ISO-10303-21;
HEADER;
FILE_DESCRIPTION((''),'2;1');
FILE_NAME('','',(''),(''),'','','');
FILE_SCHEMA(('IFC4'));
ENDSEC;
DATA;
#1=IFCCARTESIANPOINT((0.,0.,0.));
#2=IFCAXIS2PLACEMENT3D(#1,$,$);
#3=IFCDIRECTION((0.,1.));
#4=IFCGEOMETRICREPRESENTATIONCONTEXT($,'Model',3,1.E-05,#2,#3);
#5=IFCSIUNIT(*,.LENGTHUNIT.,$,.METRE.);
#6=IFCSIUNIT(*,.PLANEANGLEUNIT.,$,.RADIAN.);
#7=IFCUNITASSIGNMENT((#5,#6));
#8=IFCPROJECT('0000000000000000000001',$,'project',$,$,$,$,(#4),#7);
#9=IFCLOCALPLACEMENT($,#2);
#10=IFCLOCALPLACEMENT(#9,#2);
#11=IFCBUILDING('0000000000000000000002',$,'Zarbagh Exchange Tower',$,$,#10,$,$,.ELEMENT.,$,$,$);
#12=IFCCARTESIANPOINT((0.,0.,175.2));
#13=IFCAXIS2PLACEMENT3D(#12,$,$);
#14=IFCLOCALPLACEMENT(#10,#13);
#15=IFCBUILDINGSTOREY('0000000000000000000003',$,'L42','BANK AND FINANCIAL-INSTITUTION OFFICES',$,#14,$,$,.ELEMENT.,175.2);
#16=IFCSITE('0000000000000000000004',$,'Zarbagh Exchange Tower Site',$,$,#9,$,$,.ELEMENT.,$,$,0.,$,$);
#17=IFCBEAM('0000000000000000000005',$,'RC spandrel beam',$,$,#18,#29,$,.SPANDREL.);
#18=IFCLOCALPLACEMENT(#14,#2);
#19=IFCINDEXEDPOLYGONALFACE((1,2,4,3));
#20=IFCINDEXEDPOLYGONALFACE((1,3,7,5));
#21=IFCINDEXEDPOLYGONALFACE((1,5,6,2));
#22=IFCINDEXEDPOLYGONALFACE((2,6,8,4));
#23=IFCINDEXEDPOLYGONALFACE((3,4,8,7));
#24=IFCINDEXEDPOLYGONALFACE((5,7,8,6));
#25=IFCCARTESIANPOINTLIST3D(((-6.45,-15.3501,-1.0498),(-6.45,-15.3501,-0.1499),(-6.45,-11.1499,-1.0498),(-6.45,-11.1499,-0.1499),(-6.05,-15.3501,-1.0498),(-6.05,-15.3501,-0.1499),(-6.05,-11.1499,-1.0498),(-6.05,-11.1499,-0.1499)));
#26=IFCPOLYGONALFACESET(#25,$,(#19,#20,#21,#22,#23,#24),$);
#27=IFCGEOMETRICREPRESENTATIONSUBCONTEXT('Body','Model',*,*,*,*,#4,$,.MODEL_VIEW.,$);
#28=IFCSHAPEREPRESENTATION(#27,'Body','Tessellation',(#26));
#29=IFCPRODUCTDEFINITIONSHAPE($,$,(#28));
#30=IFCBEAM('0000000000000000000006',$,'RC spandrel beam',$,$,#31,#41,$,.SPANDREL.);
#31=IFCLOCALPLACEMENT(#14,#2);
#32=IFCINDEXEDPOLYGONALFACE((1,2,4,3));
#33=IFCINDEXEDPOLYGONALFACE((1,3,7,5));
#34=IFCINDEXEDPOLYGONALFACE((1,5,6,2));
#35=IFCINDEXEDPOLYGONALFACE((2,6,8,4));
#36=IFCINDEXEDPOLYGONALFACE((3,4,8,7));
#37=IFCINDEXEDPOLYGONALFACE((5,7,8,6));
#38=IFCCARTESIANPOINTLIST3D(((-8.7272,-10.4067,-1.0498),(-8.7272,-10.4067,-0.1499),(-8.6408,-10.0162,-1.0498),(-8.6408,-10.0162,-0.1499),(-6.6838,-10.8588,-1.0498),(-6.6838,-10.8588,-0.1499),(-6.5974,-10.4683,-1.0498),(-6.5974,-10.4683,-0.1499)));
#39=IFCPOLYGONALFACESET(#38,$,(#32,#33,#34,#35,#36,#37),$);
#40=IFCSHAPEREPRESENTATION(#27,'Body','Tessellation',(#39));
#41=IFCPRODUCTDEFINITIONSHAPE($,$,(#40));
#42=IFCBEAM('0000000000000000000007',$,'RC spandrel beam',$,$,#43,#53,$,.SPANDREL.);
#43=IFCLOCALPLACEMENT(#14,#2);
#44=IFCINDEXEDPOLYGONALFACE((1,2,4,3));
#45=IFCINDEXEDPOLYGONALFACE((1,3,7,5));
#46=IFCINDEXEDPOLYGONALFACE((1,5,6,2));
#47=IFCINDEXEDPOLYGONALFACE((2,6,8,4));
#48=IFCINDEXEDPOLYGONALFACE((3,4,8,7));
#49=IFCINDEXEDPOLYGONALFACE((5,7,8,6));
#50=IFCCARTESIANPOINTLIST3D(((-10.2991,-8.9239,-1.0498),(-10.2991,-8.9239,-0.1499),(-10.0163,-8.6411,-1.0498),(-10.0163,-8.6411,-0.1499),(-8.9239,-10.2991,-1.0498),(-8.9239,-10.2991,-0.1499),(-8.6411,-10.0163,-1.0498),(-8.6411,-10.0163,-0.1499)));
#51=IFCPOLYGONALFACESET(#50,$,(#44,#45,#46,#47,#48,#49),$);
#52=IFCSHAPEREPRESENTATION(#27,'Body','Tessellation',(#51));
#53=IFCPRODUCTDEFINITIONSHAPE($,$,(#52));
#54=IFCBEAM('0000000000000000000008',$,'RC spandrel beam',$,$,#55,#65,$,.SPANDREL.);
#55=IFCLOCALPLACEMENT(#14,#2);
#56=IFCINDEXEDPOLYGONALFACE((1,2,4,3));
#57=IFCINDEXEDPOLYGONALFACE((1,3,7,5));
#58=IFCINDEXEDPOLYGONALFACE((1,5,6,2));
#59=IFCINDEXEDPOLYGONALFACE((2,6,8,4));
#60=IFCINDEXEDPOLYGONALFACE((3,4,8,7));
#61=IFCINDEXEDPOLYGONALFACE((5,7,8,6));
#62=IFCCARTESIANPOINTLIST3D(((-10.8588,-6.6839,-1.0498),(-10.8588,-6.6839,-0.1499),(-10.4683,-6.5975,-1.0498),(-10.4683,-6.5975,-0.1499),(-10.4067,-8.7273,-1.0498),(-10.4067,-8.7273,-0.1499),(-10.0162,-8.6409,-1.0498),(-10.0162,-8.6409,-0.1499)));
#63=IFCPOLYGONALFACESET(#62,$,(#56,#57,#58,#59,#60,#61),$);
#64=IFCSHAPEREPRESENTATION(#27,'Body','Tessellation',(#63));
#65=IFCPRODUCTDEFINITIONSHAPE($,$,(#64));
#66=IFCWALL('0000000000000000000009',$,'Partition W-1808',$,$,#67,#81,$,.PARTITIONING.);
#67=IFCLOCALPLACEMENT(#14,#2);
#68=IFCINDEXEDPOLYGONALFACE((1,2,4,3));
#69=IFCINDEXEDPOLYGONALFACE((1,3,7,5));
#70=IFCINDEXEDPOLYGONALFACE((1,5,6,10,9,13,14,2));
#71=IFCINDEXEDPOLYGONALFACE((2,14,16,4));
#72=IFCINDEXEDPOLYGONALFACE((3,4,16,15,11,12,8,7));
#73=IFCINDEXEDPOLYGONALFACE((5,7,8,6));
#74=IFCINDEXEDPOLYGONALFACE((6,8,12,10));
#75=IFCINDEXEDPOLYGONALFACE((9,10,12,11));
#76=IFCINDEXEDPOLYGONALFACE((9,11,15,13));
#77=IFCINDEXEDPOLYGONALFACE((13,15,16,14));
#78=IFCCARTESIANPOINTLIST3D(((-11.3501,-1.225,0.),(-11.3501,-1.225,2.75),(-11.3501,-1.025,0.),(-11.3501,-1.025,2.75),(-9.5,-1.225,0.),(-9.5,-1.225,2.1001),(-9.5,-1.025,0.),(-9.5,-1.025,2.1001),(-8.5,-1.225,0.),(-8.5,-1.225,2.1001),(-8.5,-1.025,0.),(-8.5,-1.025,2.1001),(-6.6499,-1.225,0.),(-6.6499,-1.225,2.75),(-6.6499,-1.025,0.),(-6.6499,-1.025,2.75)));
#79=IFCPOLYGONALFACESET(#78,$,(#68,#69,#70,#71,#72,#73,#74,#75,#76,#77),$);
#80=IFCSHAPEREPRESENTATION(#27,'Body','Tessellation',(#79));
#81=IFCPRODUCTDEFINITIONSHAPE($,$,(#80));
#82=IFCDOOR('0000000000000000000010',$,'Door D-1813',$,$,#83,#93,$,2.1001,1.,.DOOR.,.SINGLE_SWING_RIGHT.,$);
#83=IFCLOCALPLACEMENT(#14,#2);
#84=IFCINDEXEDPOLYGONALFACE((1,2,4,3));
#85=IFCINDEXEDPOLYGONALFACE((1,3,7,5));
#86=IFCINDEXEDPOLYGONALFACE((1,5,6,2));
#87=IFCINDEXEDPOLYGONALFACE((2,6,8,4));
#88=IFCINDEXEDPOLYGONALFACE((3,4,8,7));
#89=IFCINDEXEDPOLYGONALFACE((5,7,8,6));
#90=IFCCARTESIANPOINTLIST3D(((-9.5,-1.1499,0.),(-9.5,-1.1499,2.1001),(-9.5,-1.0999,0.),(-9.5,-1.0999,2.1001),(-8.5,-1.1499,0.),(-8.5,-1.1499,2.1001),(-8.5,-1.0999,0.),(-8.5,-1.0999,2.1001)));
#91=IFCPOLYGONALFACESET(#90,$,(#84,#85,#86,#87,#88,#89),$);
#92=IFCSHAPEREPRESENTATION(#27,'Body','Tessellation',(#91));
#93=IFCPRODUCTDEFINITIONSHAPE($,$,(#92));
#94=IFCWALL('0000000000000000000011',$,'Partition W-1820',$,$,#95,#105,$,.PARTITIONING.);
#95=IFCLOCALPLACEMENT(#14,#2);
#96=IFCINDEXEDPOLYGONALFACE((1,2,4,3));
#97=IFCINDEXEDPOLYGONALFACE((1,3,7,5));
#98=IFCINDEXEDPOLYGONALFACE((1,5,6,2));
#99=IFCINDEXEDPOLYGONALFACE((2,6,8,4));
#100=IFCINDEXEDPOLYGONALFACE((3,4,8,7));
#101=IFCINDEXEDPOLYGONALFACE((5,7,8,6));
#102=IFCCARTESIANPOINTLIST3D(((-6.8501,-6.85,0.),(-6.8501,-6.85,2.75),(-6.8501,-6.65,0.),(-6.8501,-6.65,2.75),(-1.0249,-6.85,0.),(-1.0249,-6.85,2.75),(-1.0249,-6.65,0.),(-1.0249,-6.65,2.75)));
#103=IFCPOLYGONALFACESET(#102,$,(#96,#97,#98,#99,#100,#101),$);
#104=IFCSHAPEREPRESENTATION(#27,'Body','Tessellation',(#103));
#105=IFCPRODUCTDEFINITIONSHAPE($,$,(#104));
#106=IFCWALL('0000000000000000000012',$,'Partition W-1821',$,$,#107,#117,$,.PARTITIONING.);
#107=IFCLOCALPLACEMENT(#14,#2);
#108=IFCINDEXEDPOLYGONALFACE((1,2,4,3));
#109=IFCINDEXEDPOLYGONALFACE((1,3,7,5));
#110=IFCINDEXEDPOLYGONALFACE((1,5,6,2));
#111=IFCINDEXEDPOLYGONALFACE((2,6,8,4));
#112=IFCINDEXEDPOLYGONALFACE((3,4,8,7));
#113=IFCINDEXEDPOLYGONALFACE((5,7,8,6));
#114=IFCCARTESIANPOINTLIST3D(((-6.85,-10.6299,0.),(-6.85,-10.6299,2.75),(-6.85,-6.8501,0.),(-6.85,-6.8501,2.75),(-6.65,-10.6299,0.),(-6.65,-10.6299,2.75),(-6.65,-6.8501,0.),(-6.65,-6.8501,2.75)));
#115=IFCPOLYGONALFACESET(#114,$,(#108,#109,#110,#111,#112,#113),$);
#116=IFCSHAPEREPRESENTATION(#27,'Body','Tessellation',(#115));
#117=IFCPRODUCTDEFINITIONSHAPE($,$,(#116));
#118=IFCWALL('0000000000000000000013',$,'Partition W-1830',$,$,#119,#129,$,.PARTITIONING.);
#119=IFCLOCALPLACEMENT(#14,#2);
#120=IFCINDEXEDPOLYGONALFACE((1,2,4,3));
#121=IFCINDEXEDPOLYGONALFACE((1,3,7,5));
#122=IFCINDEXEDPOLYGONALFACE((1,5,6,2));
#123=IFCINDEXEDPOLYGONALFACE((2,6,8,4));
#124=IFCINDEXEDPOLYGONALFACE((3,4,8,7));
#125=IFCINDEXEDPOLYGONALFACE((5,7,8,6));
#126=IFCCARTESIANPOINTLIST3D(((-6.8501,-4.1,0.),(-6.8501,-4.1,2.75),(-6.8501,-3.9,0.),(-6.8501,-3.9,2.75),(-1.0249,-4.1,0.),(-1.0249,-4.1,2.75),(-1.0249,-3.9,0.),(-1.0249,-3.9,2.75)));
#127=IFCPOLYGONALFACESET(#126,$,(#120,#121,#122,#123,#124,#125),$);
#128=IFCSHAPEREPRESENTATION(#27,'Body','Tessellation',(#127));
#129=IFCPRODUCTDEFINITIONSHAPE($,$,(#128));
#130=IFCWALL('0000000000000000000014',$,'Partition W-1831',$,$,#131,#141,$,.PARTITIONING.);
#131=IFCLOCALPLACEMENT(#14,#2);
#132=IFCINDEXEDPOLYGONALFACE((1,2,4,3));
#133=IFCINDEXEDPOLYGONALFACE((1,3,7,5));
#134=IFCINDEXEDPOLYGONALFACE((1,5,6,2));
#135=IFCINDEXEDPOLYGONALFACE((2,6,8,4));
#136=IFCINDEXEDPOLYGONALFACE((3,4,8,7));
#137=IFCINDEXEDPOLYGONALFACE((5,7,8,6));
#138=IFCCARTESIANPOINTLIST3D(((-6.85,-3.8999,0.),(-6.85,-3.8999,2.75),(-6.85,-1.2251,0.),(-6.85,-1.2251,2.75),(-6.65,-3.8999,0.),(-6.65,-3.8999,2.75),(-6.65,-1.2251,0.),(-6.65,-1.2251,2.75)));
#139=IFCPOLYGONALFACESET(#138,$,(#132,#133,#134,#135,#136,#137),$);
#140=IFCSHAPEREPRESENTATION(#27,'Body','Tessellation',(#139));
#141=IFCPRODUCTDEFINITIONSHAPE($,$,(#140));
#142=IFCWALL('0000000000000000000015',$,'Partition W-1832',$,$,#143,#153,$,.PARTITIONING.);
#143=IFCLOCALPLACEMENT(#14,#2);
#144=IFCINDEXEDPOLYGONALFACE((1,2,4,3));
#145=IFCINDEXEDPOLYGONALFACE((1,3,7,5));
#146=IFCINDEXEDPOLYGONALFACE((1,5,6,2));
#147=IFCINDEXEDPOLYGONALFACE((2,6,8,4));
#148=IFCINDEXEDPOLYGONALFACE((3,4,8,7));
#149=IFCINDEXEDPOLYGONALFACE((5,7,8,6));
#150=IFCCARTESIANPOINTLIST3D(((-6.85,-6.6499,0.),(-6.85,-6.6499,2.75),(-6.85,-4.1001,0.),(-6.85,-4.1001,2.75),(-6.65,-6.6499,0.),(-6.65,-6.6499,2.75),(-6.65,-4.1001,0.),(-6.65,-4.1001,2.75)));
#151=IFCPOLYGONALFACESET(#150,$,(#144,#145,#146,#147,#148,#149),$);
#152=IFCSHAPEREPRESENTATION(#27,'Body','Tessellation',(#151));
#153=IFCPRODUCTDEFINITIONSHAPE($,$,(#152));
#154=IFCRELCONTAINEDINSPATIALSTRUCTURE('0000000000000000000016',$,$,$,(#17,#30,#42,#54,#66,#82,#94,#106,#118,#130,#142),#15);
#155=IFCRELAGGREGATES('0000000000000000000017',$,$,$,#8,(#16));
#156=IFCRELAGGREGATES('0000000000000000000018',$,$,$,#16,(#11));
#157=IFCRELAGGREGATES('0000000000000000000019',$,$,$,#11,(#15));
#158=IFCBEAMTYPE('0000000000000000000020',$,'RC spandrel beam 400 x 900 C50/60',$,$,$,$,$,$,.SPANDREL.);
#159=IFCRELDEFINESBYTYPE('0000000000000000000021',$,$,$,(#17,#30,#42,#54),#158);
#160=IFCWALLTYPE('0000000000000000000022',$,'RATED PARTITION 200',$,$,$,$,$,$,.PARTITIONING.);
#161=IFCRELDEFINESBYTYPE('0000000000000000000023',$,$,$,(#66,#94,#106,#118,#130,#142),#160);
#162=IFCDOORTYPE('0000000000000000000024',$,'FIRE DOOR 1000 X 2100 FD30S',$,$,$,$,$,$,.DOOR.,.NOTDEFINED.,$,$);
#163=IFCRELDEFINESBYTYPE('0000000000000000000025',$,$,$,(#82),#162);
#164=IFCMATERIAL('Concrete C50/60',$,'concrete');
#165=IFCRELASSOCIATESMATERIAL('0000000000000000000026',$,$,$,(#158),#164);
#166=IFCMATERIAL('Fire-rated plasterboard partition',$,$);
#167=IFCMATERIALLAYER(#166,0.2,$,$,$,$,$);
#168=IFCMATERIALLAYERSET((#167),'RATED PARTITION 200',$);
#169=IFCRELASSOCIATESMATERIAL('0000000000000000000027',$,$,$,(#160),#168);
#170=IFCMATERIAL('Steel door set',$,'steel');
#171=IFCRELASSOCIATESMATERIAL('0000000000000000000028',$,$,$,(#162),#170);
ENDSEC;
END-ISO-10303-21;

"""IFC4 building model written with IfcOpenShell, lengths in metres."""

from ifc_helpers import new_model, si_unit, direction, frame, frame_2d, origin, origin_2d, place, context, subcontext, project, spatial, rectangle, extrude, material, layer, layer_set, material_profile, profile_set, type_object, element, fill, save


model = new_model("IFC4")

# Units and contexts
model_context = context("Model", 3, precision=1e-05, world=origin(), true_north=direction((0.0, 1.0)))
body_context = subcontext(model_context, "Body", "Model", "MODEL_VIEW")
ifc_project = project(units=[si_unit("LENGTHUNIT", "METRE"), si_unit("PLANEANGLEUNIT", "RADIAN")], contexts=[model_context])

# Site, building, storey
site_placement = place(None, origin())
site = spatial("IfcSite", under=ifc_project, at=site_placement, Name="Zarbagh Exchange Tower Site", CompositionType="ELEMENT", RefElevation=0.0)
building_placement = place(site_placement, origin())
building = spatial("IfcBuilding", under=site, at=building_placement, Name="Zarbagh Exchange Tower", CompositionType="ELEMENT")
storey_placement = place(building_placement, frame((0.0, 0.0, 175.2)))
storey = spatial("IfcBuildingStorey", under=building, at=storey_placement, Name="L42", Description="BANK AND FINANCIAL-INSTITUTION OFFICES", CompositionType="ELEMENT", Elevation=175.2)

# Shared definitions
ifc_material_1 = material(Name="Concrete C50/60", Category="concrete")

# Beams
ifc_material_profile_1 = material_profile(ifc_material_1, rectangle(XDim=0.3999, YDim=0.8999, at=origin_2d()), Name="RC spandrel beam 400 x 900 C50/60")
ifc_profile_set_1 = profile_set([ifc_material_profile_1], Name="Concrete C50/60")
beam_type_1 = type_object("IfcBeamType", Name="RC spandrel beam 400 x 900 C50/60", PredefinedType="SPANDREL", material=ifc_profile_set_1)
beam_1_placement = place(storey_placement, frame((-6.25, -15.3501, -0.5999), z_axis=(0.0, 1.0, 0.0), x_axis=(-1.0, 0.0, 0.0)))
element("IfcBeam", 1, at=beam_1_placement, inside=storey, type_object=beam_type_1, Name="RC spandrel beam", PredefinedType="SPANDREL", context=body_context, shape_type="SweptSolid", body=[
    extrude(rectangle(XDim=0.3999, YDim=0.8999, at=origin_2d()), origin(), (0.0, 0.0, 1.0), 4.2002),
])
beam_2_placement = place(storey_placement, frame((-6.6406, -10.6636, -0.5999), z_axis=(-0.976384, 0.216041, 0.0), x_axis=(-0.216041, -0.976384, 0.0)))
element("IfcBeam", 2, at=beam_2_placement, inside=storey, type_object=beam_type_1, Name="RC spandrel beam", PredefinedType="SPANDREL", context=body_context, shape_type="SweptSolid", body=[
    extrude(rectangle(XDim=0.3999, YDim=0.8999, at=origin_2d()), origin(), (0.0, 0.0, 1.0), 2.0928),
])
beam_3_placement = place(storey_placement, frame((-8.7825, -10.1577, -0.5999), z_axis=(-0.707107, 0.707107, 0.0), x_axis=(-0.707107, -0.707107, 0.0)))
element("IfcBeam", 3, at=beam_3_placement, inside=storey, type_object=beam_type_1, Name="RC spandrel beam", PredefinedType="SPANDREL", context=body_context, shape_type="SweptSolid", body=[
    extrude(rectangle(XDim=0.3999, YDim=0.8999, at=origin_2d()), origin(), (0.0, 0.0, 1.0), 1.9448),
])
beam_4_placement = place(storey_placement, frame((-10.2114, -8.6841, -0.5999), z_axis=(-0.216041, 0.976384, 0.0), x_axis=(-0.976384, -0.216041, 0.0)))
element("IfcBeam", 4, at=beam_4_placement, inside=storey, type_object=beam_type_1, Name="RC spandrel beam", PredefinedType="SPANDREL", context=body_context, shape_type="SweptSolid", body=[
    extrude(rectangle(XDim=0.3999, YDim=0.8999, at=origin_2d()), origin(), (0.0, 0.0, 1.0), 2.0928),
])

# Wall, opening, door
ifc_material_2 = material(Name="Fire-rated plasterboard partition")
ifc_layer = layer(ifc_material_2, 0.2)
ifc_layer_set = layer_set([ifc_layer], Name="RATED PARTITION 200")
wall_type = type_object("IfcWallType", Name="RATED PARTITION 200", PredefinedType="PARTITIONING", material=ifc_layer_set)
wall_1_placement = place(storey_placement, frame((-6.6499, -1.125, 0.0), z_axis=(0.0, 0.0, 1.0), x_axis=(-1.0, 0.0, 0.0)))
wall_1 = element("IfcWall", 5, at=wall_1_placement, inside=storey, type_object=wall_type, Name="Partition W-1808", PredefinedType="PARTITIONING", context=body_context, shape_type="SweptSolid", body=[
    extrude(rectangle(XDim=4.7002, YDim=0.2, at=frame_2d((2.3501, 0.0))), origin(), (0.0, 0.0, 1.0), 2.75),
])
opening_placement = place(wall_1_placement, frame((1.8501, 0.0, 0.0)))
opening = element("IfcOpeningElement", 6, at=opening_placement, cuts=wall_1, PredefinedType="OPENING", context=body_context, shape_type="SweptSolid", body=[
    extrude(rectangle(XDim=1.0, YDim=2.1001, at=frame_2d((0.5, 1.05))), frame((0.0, 0.1099, 0.0), z_axis=(0.0, -1.0, 0.0), x_axis=(1.0, 0.0, 0.0)), (0.0, 0.0, 1.0), 0.22),
])
ifc_material_3 = material(Name="Steel door set", Category="steel")
door_type = type_object("IfcDoorType", Name="FIRE DOOR 1000 X 2100 FD30S", OperationType="NOTDEFINED", PredefinedType="DOOR", material=ifc_material_3)
door_placement = place(opening_placement, origin())
door = element("IfcDoor", 7, at=door_placement, inside=storey, type_object=door_type, Name="Door D-1813", OperationType="SINGLE_SWING_RIGHT", OverallHeight=2.1001, OverallWidth=1.0, PredefinedType="DOOR", context=body_context, shape_type="SweptSolid", body=[
    extrude(rectangle(XDim=1.0, YDim=2.1001, at=frame_2d((0.5, 1.05))), frame((0.0, 0.0249, 0.0), z_axis=(0.0, -1.0, 0.0), x_axis=(1.0, 0.0, 0.0)), (0.0, 0.0, 1.0), 0.05),
])
fill(opening, door)

# Walls
wall_2_placement = place(storey_placement, frame((-6.8501, -6.75, 0.0), z_axis=(0.0, 0.0, 1.0), x_axis=(1.0, 0.0, 0.0)))
element("IfcWall", 8, at=wall_2_placement, inside=storey, type_object=wall_type, Name="Partition W-1820", PredefinedType="PARTITIONING", context=body_context, shape_type="SweptSolid", body=[
    extrude(rectangle(XDim=5.8252, YDim=0.2, at=frame_2d((2.9126, 0.0))), origin(), (0.0, 0.0, 1.0), 2.75),
])
wall_3_placement = place(storey_placement, frame((-6.75, -10.6299, 0.0), z_axis=(0.0, 0.0, 1.0), x_axis=(0.0, 1.0, 0.0)))
element("IfcWall", 9, at=wall_3_placement, inside=storey, type_object=wall_type, Name="Partition W-1821", PredefinedType="PARTITIONING", context=body_context, shape_type="SweptSolid", body=[
    extrude(rectangle(XDim=3.7798, YDim=0.2, at=frame_2d((1.8899, 0.0))), origin(), (0.0, 0.0, 1.0), 2.75),
])
wall_4_placement = place(storey_placement, frame((-6.8501, -4.0, 0.0), z_axis=(0.0, 0.0, 1.0), x_axis=(1.0, 0.0, 0.0)))
element("IfcWall", 10, at=wall_4_placement, inside=storey, type_object=wall_type, Name="Partition W-1830", PredefinedType="PARTITIONING", context=body_context, shape_type="SweptSolid", body=[
    extrude(rectangle(XDim=5.8252, YDim=0.2, at=frame_2d((2.9126, 0.0))), origin(), (0.0, 0.0, 1.0), 2.75),
])
wall_5_placement = place(storey_placement, frame((-6.75, -3.8999, 0.0), z_axis=(0.0, 0.0, 1.0), x_axis=(0.0, 1.0, 0.0)))
element("IfcWall", 11, at=wall_5_placement, inside=storey, type_object=wall_type, Name="Partition W-1831", PredefinedType="PARTITIONING", context=body_context, shape_type="SweptSolid", body=[
    extrude(rectangle(XDim=2.6748, YDim=0.2, at=frame_2d((1.3374, 0.0))), origin(), (0.0, 0.0, 1.0), 2.75),
])
wall_6_placement = place(storey_placement, frame((-6.75, -6.6499, 0.0), z_axis=(0.0, 0.0, 1.0), x_axis=(0.0, 1.0, 0.0)))
element("IfcWall", 12, at=wall_6_placement, inside=storey, type_object=wall_type, Name="Partition W-1832", PredefinedType="PARTITIONING", context=body_context, shape_type="SweptSolid", body=[
    extrude(rectangle(XDim=2.5498, YDim=0.2, at=frame_2d((1.2749, 0.0))), origin(), (0.0, 0.0, 1.0), 2.75),
])

save(model, "model.ifc")
